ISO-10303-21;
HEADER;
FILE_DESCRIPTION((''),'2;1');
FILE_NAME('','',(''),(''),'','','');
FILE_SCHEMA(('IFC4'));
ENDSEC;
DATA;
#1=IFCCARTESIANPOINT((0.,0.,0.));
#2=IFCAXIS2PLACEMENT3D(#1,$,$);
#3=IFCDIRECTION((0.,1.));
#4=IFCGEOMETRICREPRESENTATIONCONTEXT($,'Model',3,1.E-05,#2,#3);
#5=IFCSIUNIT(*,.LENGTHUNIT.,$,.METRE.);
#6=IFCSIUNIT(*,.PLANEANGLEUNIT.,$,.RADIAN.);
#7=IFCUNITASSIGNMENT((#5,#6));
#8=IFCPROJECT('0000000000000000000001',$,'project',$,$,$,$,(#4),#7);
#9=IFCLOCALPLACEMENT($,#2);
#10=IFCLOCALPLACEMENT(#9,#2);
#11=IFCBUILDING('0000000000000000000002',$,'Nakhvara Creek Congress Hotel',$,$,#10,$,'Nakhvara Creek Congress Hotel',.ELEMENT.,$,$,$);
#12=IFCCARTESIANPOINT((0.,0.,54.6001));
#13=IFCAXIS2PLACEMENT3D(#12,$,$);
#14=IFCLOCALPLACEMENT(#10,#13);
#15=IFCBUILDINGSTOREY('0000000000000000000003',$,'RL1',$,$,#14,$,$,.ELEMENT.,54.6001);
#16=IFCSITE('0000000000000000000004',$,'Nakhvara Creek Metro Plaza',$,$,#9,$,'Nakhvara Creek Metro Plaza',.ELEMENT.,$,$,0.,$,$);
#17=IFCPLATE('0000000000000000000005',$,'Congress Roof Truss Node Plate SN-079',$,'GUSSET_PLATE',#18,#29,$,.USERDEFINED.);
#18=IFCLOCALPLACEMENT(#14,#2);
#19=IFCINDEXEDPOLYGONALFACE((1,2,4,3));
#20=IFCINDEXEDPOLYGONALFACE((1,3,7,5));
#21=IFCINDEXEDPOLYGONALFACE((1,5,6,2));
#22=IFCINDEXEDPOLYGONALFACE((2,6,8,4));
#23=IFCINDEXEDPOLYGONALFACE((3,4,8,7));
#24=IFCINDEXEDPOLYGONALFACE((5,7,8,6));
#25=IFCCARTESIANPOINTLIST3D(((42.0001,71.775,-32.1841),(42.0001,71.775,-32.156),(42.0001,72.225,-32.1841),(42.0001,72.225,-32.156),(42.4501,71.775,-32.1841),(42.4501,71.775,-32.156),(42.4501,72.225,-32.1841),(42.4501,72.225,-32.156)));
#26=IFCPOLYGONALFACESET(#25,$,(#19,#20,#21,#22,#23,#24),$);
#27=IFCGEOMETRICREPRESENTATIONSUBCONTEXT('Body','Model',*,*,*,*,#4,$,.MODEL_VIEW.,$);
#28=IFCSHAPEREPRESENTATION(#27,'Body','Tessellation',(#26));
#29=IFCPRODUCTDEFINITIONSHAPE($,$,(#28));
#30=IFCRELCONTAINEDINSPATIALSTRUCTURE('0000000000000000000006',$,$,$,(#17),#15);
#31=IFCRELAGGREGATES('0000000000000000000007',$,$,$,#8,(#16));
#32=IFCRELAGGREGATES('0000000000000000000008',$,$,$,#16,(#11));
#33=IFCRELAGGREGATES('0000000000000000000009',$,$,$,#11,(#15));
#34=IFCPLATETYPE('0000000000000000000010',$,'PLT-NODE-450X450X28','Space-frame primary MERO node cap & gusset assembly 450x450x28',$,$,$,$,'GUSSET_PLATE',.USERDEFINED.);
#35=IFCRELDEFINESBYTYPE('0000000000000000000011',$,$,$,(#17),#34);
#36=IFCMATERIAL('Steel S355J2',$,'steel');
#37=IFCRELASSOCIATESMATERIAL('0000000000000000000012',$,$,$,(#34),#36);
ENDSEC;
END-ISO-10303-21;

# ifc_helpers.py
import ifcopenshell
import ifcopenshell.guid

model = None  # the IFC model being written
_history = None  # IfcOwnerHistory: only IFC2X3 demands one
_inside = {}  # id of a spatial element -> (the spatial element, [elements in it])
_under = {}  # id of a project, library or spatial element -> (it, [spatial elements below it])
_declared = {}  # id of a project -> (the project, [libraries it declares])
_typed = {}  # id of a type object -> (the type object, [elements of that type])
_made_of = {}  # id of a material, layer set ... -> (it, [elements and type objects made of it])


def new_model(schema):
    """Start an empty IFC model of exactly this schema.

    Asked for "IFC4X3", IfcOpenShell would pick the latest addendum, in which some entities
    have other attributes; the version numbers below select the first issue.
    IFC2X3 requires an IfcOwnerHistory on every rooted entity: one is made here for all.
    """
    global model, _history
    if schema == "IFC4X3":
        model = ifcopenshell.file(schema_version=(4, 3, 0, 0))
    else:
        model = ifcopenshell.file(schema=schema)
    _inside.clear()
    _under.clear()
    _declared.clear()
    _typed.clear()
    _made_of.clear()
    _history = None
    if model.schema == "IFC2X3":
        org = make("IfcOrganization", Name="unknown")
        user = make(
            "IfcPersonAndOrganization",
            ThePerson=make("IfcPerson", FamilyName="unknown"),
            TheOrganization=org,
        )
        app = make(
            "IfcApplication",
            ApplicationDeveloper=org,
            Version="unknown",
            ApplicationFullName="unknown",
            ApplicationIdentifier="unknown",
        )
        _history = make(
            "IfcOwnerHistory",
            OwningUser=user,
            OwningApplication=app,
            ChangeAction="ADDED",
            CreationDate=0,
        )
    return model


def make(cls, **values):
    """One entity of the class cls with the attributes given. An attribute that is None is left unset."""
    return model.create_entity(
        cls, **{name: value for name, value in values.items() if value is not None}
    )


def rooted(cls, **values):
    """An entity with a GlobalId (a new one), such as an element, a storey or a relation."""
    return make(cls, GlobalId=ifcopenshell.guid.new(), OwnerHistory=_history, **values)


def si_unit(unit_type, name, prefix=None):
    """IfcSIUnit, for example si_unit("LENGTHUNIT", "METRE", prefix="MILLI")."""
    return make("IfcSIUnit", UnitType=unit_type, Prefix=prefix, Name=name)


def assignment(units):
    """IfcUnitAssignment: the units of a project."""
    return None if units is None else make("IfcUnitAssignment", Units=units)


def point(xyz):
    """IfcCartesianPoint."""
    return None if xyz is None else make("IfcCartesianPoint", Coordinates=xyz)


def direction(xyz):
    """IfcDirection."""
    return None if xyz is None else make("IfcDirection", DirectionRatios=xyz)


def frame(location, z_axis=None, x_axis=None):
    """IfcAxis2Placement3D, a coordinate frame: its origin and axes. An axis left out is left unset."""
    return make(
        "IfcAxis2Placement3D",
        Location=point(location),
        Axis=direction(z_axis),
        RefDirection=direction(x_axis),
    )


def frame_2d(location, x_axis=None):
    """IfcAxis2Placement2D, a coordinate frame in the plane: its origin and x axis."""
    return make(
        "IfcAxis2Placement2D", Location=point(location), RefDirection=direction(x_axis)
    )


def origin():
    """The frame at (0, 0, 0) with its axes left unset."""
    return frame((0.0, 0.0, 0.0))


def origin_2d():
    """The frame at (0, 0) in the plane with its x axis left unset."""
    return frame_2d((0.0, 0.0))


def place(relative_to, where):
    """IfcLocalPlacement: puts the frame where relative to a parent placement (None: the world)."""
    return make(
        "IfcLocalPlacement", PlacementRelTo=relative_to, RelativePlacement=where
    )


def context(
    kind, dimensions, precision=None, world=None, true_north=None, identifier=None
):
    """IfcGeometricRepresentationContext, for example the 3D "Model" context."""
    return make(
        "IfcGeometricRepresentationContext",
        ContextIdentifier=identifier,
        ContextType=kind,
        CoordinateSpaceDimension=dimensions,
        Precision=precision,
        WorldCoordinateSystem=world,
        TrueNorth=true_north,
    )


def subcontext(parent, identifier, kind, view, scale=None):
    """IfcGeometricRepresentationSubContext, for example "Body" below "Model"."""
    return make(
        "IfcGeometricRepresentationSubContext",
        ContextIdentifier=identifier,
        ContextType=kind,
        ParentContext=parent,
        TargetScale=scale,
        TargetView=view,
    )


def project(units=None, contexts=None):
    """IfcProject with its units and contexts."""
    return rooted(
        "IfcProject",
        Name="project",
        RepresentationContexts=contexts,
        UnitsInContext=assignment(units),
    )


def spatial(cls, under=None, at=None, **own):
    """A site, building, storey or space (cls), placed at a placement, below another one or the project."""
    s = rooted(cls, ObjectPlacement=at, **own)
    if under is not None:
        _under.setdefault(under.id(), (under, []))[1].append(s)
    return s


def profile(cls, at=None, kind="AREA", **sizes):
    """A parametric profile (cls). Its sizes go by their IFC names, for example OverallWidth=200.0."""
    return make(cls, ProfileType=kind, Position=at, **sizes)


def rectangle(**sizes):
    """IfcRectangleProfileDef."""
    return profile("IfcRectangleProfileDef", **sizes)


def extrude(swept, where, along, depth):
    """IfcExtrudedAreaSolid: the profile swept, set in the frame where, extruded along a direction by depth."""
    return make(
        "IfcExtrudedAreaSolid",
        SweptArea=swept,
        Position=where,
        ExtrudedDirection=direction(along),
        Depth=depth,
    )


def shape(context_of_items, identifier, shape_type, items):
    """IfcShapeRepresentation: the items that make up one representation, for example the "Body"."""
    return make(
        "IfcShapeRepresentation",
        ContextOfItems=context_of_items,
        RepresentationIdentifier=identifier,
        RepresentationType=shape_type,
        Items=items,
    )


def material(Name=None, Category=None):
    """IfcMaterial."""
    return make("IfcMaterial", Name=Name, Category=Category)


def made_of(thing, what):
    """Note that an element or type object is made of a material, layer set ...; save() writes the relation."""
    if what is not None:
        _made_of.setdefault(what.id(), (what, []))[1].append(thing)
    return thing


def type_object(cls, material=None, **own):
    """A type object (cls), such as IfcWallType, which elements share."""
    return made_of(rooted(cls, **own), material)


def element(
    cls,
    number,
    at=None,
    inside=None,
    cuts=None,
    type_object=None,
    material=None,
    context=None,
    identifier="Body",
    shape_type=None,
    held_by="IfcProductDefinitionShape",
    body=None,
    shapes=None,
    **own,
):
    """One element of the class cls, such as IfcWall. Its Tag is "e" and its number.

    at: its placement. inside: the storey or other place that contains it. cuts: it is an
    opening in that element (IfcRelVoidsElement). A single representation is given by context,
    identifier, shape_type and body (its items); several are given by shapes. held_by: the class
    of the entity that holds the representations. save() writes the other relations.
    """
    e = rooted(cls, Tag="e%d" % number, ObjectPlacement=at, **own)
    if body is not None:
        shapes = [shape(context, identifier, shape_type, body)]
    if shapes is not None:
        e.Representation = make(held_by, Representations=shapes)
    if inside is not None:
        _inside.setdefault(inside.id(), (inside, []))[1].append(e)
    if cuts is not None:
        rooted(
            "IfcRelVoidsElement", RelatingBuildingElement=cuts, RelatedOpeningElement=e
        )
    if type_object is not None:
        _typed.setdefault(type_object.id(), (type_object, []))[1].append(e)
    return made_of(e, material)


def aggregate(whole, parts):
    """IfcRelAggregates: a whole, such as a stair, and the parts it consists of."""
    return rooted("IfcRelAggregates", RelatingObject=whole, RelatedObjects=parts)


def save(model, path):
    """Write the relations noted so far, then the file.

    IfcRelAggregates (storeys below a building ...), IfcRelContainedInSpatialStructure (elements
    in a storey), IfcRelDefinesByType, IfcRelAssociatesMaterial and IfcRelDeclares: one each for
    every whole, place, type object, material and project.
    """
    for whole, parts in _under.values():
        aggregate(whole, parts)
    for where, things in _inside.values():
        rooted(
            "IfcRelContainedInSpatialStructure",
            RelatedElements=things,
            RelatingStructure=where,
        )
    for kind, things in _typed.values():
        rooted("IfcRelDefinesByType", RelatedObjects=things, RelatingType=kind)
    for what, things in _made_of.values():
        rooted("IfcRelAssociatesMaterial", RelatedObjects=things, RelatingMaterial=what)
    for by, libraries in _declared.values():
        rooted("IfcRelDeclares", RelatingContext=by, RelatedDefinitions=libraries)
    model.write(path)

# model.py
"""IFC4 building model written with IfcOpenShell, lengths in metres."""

from ifc_helpers import new_model, si_unit, direction, frame, origin, origin_2d, place, context, subcontext, project, spatial, rectangle, extrude, material, type_object, element, save


model = new_model("IFC4")

# Units and contexts
model_context = context("Model", 3, precision=1e-05, world=origin(), true_north=direction((0.0, 1.0)))
body_context = subcontext(model_context, "Body", "Model", "MODEL_VIEW")
ifc_project = project(units=[si_unit("LENGTHUNIT", "METRE"), si_unit("PLANEANGLEUNIT", "RADIAN")], contexts=[model_context])

# Site, building, storey
site_placement = place(None, origin())
site = spatial("IfcSite", under=ifc_project, at=site_placement, Name="Nakhvara Creek Metro Plaza", LongName="Nakhvara Creek Metro Plaza", CompositionType="ELEMENT", RefElevation=0.0)
building_placement = place(site_placement, origin())
building = spatial("IfcBuilding", under=site, at=building_placement, Name="Nakhvara Creek Congress Hotel", LongName="Nakhvara Creek Congress Hotel", CompositionType="ELEMENT")
storey_placement = place(building_placement, frame((0.0, 0.0, 54.6001)))
storey = spatial("IfcBuildingStorey", under=building, at=storey_placement, Name="RL1", CompositionType="ELEMENT", Elevation=54.6001)

# Plate
ifc_material_1 = material(Name="Steel S355J2", Category="steel")
plate_type_1 = type_object("IfcPlateType", Name="PLT-NODE-450X450X28", Description="Space-frame primary MERO node cap & gusset assembly 450x450x28", ElementType="GUSSET_PLATE", PredefinedType="USERDEFINED", material=ifc_material_1)
for number, where, z_axis, x_axis, name in (
    (1, (42.2251, 72.0, -32.1841), (0.0, 0.0, 1.0), (1.0, 0.0, 0.0), "Congress Roof Truss Node Plate SN-079"),
):
    element("IfcPlate", number, at=place(storey_placement, frame(where, z_axis=z_axis, x_axis=x_axis)), inside=storey, type_object=plate_type_1, Name=name, ObjectType="GUSSET_PLATE", PredefinedType="USERDEFINED", context=body_context, shape_type="SweptSolid", body=[
        extrude(rectangle(XDim=0.45, YDim=0.45, at=origin_2d()), origin(), (0.0, 0.0, 1.0), 0.0281),
    ])

save(model, "model.ifc")
